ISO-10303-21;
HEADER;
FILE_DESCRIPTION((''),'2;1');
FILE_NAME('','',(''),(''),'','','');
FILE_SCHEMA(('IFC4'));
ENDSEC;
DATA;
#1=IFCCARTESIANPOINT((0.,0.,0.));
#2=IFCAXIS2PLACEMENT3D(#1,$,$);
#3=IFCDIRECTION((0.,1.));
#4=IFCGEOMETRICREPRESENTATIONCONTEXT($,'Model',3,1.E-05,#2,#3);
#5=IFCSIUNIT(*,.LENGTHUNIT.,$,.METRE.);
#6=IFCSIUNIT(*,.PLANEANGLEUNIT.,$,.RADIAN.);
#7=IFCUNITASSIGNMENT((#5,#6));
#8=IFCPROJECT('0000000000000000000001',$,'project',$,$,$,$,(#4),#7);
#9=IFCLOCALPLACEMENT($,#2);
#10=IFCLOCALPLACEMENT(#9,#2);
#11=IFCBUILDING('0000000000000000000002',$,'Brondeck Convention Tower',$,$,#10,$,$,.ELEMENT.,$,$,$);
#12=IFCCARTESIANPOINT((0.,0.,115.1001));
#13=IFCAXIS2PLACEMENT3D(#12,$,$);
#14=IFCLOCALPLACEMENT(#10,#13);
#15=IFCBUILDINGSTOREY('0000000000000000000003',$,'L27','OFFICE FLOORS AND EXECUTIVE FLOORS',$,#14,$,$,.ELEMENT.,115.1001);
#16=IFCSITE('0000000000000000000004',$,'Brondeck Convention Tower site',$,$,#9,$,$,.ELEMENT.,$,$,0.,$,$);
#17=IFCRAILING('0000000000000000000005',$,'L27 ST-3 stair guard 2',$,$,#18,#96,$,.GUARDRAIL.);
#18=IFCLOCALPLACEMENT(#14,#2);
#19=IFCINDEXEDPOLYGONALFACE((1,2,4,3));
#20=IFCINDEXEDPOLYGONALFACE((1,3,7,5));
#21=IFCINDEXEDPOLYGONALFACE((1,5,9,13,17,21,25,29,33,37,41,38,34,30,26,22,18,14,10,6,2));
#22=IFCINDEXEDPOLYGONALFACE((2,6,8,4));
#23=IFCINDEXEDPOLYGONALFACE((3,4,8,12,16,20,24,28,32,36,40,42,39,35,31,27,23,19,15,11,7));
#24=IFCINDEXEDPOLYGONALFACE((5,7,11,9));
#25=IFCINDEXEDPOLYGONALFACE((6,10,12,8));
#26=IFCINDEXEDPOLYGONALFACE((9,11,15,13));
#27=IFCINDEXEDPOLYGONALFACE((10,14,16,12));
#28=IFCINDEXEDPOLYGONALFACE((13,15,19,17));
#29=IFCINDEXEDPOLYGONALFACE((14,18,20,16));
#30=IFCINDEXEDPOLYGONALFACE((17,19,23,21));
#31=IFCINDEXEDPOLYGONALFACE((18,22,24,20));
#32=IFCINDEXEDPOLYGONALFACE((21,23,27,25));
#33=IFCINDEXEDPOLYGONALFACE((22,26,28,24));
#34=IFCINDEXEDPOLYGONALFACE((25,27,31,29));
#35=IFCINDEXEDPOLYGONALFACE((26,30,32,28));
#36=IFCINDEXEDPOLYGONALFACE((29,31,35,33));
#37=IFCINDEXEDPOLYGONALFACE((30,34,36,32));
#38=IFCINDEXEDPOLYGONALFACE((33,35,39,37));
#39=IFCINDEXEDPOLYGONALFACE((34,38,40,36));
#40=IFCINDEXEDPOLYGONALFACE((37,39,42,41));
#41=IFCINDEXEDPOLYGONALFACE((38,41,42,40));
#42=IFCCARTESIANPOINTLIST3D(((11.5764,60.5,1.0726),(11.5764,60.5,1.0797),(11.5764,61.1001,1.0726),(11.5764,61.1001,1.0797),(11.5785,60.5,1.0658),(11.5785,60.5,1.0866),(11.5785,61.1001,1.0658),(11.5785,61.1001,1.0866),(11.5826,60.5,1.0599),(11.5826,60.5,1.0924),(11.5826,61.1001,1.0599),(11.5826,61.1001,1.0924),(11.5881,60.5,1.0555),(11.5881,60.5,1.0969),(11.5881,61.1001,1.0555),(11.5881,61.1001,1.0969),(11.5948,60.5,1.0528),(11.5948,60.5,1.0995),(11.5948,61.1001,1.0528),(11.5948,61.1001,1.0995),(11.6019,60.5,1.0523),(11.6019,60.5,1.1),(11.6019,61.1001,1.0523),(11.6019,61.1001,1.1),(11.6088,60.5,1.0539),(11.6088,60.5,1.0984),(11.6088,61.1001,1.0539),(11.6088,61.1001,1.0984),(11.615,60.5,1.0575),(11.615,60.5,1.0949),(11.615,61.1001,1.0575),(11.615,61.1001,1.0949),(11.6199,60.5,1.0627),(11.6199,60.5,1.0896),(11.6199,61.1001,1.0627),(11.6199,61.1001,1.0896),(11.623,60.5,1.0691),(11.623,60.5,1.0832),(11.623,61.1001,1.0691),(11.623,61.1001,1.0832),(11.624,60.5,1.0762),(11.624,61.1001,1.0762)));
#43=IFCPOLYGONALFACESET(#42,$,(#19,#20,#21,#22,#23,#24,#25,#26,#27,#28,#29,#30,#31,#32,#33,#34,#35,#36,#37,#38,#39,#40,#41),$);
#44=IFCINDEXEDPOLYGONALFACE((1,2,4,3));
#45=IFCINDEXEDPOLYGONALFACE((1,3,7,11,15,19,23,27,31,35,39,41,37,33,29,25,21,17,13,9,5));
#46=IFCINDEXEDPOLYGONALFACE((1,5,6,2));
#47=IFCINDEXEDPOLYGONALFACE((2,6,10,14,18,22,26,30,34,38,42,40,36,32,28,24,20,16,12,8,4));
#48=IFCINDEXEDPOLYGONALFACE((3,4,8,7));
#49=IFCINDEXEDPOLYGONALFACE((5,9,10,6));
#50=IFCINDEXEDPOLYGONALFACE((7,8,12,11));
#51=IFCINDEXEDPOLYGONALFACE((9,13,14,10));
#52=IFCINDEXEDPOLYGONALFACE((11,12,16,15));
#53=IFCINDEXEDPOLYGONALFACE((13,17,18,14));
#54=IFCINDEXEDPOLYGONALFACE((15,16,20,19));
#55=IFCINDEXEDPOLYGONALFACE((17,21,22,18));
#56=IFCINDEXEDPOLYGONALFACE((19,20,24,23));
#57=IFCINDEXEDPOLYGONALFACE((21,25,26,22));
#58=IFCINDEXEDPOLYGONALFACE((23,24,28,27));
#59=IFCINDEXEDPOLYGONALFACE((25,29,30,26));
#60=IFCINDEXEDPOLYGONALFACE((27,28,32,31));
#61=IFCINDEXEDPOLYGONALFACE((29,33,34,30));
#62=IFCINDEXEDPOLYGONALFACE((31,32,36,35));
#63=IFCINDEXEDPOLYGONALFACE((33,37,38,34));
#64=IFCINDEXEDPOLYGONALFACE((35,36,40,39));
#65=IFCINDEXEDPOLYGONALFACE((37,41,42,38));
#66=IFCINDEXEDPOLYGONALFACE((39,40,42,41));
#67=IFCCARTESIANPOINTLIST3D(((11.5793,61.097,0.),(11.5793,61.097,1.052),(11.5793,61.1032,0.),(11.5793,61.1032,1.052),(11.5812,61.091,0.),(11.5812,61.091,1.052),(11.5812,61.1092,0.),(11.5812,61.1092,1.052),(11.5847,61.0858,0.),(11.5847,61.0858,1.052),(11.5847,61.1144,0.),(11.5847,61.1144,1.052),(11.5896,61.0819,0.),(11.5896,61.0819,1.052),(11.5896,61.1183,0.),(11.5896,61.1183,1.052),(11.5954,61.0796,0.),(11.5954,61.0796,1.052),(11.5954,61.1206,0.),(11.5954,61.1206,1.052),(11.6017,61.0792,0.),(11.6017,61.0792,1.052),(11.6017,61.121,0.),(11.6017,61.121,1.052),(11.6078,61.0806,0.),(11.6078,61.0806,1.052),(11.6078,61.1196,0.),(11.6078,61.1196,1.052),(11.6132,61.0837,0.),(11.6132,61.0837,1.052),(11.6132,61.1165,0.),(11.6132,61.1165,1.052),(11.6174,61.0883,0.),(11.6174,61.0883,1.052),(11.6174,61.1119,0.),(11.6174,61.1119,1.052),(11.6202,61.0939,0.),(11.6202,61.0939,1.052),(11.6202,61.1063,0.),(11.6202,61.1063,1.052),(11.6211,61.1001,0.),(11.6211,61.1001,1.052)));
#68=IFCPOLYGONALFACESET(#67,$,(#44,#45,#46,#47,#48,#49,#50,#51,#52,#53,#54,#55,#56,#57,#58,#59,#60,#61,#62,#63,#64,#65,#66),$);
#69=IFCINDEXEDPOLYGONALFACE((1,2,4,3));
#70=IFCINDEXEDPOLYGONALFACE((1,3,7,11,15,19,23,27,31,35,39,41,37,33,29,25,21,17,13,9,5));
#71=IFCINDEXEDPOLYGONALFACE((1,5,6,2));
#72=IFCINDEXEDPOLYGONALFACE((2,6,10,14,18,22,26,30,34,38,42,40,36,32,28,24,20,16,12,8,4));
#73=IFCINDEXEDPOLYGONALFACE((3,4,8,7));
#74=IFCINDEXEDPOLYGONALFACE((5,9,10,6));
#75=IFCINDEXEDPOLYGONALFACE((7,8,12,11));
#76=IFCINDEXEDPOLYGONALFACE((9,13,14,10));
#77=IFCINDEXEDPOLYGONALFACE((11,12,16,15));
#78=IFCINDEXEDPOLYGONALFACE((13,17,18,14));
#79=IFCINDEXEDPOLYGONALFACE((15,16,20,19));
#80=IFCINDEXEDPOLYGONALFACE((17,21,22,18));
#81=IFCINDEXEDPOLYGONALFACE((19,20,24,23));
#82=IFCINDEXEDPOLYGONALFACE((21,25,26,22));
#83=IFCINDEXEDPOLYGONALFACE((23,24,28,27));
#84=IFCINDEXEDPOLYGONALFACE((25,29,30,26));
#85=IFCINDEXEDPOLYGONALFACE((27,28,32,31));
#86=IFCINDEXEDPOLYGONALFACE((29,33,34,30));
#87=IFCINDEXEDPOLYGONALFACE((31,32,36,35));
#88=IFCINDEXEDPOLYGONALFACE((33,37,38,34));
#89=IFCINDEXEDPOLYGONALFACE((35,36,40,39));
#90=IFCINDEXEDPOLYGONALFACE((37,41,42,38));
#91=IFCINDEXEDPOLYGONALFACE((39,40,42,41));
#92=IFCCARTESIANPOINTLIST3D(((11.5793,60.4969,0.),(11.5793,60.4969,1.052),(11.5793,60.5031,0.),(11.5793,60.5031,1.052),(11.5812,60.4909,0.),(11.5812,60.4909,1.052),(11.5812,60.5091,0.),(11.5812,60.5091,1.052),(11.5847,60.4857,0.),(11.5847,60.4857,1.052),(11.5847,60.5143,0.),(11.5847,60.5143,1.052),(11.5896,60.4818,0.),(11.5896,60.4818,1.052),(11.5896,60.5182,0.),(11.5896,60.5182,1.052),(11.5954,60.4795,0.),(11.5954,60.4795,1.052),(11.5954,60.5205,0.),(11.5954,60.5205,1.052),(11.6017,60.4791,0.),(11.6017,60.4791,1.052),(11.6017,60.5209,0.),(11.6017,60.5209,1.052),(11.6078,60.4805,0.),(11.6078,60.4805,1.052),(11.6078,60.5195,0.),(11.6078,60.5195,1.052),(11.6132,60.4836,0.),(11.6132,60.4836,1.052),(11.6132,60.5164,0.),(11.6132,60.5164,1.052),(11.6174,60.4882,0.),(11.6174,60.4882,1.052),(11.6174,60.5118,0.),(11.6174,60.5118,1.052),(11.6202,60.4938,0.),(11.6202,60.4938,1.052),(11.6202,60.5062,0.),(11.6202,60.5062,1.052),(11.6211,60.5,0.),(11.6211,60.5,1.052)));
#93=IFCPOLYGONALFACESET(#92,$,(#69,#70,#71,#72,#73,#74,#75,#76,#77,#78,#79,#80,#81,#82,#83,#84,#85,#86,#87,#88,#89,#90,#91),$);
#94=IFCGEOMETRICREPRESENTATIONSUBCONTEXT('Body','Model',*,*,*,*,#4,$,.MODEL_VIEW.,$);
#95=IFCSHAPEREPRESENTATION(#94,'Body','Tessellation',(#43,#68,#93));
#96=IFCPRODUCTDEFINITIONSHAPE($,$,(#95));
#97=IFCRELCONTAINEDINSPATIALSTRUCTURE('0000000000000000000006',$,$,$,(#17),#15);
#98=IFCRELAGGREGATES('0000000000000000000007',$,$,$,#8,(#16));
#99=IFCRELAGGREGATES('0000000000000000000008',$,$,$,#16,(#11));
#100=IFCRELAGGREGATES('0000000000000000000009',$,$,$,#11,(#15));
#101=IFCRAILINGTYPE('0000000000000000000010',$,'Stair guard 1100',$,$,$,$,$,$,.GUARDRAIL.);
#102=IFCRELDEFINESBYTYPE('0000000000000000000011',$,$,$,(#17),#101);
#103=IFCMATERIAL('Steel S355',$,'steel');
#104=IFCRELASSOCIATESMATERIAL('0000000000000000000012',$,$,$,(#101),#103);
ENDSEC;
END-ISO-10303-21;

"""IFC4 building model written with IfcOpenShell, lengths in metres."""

from ifc_helpers import new_model, si_unit, direction, frame, origin, origin_2d, place, context, subcontext, project, spatial, circle, extrude, material, type_object, element, save


model = new_model("IFC4")

# Units and contexts
model_context = context("Model", 3, precision=1e-05, world=origin(), true_north=direction((0.0, 1.0)))
body_context = subcontext(model_context, "Body", "Model", "MODEL_VIEW")
ifc_project = project(units=[si_unit("LENGTHUNIT", "METRE"), si_unit("PLANEANGLEUNIT", "RADIAN")], contexts=[model_context])

# Site, building, storey
site_placement = place(None, origin())
site = spatial("IfcSite", under=ifc_project, at=site_placement, Name="Brondeck Convention Tower site", CompositionType="ELEMENT", RefElevation=0.0)
building_placement = place(site_placement, origin())
building = spatial("IfcBuilding", under=site, at=building_placement, Name="Brondeck Convention Tower", CompositionType="ELEMENT")
storey_placement = place(building_placement, frame((0.0, 0.0, 115.1001)))
storey = spatial("IfcBuildingStorey", under=building, at=storey_placement, Name="L27", Description="OFFICE FLOORS AND EXECUTIVE FLOORS", CompositionType="ELEMENT", Elevation=115.1001)

# Railing
ifc_material_1 = material(Name="Steel S355", Category="steel")
railing_type_1 = type_object("IfcRailingType", Name="Stair guard 1100", PredefinedType="GUARDRAIL", material=ifc_material_1)
railing_1_placement = place(storey_placement, frame((11.6001, 61.1001, 0.0)))
element("IfcRailing", 1, at=railing_1_placement, inside=storey, type_object=railing_type_1, Name="L27 ST-3 stair guard 2", PredefinedType="GUARDRAIL", context=body_context, shape_type="SweptSolid", body=[
    extrude(circle(Radius=0.0239, at=origin_2d()), frame((0.0, 0.0, 1.0762), z_axis=(0.0, -1.0, 0.0), x_axis=(1.0, 0.0, 0.0)), (0.0, 0.0, 1.0), 0.6001),
    extrude(circle(Radius=0.021, at=origin_2d()), origin(), (0.0, 0.0, 1.0), 1.052),
    extrude(circle(Radius=0.021, at=origin_2d()), frame((0.0, -0.6001, 0.0)), (0.0, 0.0, 1.0), 1.052),
])

save(model, "model.ifc")
